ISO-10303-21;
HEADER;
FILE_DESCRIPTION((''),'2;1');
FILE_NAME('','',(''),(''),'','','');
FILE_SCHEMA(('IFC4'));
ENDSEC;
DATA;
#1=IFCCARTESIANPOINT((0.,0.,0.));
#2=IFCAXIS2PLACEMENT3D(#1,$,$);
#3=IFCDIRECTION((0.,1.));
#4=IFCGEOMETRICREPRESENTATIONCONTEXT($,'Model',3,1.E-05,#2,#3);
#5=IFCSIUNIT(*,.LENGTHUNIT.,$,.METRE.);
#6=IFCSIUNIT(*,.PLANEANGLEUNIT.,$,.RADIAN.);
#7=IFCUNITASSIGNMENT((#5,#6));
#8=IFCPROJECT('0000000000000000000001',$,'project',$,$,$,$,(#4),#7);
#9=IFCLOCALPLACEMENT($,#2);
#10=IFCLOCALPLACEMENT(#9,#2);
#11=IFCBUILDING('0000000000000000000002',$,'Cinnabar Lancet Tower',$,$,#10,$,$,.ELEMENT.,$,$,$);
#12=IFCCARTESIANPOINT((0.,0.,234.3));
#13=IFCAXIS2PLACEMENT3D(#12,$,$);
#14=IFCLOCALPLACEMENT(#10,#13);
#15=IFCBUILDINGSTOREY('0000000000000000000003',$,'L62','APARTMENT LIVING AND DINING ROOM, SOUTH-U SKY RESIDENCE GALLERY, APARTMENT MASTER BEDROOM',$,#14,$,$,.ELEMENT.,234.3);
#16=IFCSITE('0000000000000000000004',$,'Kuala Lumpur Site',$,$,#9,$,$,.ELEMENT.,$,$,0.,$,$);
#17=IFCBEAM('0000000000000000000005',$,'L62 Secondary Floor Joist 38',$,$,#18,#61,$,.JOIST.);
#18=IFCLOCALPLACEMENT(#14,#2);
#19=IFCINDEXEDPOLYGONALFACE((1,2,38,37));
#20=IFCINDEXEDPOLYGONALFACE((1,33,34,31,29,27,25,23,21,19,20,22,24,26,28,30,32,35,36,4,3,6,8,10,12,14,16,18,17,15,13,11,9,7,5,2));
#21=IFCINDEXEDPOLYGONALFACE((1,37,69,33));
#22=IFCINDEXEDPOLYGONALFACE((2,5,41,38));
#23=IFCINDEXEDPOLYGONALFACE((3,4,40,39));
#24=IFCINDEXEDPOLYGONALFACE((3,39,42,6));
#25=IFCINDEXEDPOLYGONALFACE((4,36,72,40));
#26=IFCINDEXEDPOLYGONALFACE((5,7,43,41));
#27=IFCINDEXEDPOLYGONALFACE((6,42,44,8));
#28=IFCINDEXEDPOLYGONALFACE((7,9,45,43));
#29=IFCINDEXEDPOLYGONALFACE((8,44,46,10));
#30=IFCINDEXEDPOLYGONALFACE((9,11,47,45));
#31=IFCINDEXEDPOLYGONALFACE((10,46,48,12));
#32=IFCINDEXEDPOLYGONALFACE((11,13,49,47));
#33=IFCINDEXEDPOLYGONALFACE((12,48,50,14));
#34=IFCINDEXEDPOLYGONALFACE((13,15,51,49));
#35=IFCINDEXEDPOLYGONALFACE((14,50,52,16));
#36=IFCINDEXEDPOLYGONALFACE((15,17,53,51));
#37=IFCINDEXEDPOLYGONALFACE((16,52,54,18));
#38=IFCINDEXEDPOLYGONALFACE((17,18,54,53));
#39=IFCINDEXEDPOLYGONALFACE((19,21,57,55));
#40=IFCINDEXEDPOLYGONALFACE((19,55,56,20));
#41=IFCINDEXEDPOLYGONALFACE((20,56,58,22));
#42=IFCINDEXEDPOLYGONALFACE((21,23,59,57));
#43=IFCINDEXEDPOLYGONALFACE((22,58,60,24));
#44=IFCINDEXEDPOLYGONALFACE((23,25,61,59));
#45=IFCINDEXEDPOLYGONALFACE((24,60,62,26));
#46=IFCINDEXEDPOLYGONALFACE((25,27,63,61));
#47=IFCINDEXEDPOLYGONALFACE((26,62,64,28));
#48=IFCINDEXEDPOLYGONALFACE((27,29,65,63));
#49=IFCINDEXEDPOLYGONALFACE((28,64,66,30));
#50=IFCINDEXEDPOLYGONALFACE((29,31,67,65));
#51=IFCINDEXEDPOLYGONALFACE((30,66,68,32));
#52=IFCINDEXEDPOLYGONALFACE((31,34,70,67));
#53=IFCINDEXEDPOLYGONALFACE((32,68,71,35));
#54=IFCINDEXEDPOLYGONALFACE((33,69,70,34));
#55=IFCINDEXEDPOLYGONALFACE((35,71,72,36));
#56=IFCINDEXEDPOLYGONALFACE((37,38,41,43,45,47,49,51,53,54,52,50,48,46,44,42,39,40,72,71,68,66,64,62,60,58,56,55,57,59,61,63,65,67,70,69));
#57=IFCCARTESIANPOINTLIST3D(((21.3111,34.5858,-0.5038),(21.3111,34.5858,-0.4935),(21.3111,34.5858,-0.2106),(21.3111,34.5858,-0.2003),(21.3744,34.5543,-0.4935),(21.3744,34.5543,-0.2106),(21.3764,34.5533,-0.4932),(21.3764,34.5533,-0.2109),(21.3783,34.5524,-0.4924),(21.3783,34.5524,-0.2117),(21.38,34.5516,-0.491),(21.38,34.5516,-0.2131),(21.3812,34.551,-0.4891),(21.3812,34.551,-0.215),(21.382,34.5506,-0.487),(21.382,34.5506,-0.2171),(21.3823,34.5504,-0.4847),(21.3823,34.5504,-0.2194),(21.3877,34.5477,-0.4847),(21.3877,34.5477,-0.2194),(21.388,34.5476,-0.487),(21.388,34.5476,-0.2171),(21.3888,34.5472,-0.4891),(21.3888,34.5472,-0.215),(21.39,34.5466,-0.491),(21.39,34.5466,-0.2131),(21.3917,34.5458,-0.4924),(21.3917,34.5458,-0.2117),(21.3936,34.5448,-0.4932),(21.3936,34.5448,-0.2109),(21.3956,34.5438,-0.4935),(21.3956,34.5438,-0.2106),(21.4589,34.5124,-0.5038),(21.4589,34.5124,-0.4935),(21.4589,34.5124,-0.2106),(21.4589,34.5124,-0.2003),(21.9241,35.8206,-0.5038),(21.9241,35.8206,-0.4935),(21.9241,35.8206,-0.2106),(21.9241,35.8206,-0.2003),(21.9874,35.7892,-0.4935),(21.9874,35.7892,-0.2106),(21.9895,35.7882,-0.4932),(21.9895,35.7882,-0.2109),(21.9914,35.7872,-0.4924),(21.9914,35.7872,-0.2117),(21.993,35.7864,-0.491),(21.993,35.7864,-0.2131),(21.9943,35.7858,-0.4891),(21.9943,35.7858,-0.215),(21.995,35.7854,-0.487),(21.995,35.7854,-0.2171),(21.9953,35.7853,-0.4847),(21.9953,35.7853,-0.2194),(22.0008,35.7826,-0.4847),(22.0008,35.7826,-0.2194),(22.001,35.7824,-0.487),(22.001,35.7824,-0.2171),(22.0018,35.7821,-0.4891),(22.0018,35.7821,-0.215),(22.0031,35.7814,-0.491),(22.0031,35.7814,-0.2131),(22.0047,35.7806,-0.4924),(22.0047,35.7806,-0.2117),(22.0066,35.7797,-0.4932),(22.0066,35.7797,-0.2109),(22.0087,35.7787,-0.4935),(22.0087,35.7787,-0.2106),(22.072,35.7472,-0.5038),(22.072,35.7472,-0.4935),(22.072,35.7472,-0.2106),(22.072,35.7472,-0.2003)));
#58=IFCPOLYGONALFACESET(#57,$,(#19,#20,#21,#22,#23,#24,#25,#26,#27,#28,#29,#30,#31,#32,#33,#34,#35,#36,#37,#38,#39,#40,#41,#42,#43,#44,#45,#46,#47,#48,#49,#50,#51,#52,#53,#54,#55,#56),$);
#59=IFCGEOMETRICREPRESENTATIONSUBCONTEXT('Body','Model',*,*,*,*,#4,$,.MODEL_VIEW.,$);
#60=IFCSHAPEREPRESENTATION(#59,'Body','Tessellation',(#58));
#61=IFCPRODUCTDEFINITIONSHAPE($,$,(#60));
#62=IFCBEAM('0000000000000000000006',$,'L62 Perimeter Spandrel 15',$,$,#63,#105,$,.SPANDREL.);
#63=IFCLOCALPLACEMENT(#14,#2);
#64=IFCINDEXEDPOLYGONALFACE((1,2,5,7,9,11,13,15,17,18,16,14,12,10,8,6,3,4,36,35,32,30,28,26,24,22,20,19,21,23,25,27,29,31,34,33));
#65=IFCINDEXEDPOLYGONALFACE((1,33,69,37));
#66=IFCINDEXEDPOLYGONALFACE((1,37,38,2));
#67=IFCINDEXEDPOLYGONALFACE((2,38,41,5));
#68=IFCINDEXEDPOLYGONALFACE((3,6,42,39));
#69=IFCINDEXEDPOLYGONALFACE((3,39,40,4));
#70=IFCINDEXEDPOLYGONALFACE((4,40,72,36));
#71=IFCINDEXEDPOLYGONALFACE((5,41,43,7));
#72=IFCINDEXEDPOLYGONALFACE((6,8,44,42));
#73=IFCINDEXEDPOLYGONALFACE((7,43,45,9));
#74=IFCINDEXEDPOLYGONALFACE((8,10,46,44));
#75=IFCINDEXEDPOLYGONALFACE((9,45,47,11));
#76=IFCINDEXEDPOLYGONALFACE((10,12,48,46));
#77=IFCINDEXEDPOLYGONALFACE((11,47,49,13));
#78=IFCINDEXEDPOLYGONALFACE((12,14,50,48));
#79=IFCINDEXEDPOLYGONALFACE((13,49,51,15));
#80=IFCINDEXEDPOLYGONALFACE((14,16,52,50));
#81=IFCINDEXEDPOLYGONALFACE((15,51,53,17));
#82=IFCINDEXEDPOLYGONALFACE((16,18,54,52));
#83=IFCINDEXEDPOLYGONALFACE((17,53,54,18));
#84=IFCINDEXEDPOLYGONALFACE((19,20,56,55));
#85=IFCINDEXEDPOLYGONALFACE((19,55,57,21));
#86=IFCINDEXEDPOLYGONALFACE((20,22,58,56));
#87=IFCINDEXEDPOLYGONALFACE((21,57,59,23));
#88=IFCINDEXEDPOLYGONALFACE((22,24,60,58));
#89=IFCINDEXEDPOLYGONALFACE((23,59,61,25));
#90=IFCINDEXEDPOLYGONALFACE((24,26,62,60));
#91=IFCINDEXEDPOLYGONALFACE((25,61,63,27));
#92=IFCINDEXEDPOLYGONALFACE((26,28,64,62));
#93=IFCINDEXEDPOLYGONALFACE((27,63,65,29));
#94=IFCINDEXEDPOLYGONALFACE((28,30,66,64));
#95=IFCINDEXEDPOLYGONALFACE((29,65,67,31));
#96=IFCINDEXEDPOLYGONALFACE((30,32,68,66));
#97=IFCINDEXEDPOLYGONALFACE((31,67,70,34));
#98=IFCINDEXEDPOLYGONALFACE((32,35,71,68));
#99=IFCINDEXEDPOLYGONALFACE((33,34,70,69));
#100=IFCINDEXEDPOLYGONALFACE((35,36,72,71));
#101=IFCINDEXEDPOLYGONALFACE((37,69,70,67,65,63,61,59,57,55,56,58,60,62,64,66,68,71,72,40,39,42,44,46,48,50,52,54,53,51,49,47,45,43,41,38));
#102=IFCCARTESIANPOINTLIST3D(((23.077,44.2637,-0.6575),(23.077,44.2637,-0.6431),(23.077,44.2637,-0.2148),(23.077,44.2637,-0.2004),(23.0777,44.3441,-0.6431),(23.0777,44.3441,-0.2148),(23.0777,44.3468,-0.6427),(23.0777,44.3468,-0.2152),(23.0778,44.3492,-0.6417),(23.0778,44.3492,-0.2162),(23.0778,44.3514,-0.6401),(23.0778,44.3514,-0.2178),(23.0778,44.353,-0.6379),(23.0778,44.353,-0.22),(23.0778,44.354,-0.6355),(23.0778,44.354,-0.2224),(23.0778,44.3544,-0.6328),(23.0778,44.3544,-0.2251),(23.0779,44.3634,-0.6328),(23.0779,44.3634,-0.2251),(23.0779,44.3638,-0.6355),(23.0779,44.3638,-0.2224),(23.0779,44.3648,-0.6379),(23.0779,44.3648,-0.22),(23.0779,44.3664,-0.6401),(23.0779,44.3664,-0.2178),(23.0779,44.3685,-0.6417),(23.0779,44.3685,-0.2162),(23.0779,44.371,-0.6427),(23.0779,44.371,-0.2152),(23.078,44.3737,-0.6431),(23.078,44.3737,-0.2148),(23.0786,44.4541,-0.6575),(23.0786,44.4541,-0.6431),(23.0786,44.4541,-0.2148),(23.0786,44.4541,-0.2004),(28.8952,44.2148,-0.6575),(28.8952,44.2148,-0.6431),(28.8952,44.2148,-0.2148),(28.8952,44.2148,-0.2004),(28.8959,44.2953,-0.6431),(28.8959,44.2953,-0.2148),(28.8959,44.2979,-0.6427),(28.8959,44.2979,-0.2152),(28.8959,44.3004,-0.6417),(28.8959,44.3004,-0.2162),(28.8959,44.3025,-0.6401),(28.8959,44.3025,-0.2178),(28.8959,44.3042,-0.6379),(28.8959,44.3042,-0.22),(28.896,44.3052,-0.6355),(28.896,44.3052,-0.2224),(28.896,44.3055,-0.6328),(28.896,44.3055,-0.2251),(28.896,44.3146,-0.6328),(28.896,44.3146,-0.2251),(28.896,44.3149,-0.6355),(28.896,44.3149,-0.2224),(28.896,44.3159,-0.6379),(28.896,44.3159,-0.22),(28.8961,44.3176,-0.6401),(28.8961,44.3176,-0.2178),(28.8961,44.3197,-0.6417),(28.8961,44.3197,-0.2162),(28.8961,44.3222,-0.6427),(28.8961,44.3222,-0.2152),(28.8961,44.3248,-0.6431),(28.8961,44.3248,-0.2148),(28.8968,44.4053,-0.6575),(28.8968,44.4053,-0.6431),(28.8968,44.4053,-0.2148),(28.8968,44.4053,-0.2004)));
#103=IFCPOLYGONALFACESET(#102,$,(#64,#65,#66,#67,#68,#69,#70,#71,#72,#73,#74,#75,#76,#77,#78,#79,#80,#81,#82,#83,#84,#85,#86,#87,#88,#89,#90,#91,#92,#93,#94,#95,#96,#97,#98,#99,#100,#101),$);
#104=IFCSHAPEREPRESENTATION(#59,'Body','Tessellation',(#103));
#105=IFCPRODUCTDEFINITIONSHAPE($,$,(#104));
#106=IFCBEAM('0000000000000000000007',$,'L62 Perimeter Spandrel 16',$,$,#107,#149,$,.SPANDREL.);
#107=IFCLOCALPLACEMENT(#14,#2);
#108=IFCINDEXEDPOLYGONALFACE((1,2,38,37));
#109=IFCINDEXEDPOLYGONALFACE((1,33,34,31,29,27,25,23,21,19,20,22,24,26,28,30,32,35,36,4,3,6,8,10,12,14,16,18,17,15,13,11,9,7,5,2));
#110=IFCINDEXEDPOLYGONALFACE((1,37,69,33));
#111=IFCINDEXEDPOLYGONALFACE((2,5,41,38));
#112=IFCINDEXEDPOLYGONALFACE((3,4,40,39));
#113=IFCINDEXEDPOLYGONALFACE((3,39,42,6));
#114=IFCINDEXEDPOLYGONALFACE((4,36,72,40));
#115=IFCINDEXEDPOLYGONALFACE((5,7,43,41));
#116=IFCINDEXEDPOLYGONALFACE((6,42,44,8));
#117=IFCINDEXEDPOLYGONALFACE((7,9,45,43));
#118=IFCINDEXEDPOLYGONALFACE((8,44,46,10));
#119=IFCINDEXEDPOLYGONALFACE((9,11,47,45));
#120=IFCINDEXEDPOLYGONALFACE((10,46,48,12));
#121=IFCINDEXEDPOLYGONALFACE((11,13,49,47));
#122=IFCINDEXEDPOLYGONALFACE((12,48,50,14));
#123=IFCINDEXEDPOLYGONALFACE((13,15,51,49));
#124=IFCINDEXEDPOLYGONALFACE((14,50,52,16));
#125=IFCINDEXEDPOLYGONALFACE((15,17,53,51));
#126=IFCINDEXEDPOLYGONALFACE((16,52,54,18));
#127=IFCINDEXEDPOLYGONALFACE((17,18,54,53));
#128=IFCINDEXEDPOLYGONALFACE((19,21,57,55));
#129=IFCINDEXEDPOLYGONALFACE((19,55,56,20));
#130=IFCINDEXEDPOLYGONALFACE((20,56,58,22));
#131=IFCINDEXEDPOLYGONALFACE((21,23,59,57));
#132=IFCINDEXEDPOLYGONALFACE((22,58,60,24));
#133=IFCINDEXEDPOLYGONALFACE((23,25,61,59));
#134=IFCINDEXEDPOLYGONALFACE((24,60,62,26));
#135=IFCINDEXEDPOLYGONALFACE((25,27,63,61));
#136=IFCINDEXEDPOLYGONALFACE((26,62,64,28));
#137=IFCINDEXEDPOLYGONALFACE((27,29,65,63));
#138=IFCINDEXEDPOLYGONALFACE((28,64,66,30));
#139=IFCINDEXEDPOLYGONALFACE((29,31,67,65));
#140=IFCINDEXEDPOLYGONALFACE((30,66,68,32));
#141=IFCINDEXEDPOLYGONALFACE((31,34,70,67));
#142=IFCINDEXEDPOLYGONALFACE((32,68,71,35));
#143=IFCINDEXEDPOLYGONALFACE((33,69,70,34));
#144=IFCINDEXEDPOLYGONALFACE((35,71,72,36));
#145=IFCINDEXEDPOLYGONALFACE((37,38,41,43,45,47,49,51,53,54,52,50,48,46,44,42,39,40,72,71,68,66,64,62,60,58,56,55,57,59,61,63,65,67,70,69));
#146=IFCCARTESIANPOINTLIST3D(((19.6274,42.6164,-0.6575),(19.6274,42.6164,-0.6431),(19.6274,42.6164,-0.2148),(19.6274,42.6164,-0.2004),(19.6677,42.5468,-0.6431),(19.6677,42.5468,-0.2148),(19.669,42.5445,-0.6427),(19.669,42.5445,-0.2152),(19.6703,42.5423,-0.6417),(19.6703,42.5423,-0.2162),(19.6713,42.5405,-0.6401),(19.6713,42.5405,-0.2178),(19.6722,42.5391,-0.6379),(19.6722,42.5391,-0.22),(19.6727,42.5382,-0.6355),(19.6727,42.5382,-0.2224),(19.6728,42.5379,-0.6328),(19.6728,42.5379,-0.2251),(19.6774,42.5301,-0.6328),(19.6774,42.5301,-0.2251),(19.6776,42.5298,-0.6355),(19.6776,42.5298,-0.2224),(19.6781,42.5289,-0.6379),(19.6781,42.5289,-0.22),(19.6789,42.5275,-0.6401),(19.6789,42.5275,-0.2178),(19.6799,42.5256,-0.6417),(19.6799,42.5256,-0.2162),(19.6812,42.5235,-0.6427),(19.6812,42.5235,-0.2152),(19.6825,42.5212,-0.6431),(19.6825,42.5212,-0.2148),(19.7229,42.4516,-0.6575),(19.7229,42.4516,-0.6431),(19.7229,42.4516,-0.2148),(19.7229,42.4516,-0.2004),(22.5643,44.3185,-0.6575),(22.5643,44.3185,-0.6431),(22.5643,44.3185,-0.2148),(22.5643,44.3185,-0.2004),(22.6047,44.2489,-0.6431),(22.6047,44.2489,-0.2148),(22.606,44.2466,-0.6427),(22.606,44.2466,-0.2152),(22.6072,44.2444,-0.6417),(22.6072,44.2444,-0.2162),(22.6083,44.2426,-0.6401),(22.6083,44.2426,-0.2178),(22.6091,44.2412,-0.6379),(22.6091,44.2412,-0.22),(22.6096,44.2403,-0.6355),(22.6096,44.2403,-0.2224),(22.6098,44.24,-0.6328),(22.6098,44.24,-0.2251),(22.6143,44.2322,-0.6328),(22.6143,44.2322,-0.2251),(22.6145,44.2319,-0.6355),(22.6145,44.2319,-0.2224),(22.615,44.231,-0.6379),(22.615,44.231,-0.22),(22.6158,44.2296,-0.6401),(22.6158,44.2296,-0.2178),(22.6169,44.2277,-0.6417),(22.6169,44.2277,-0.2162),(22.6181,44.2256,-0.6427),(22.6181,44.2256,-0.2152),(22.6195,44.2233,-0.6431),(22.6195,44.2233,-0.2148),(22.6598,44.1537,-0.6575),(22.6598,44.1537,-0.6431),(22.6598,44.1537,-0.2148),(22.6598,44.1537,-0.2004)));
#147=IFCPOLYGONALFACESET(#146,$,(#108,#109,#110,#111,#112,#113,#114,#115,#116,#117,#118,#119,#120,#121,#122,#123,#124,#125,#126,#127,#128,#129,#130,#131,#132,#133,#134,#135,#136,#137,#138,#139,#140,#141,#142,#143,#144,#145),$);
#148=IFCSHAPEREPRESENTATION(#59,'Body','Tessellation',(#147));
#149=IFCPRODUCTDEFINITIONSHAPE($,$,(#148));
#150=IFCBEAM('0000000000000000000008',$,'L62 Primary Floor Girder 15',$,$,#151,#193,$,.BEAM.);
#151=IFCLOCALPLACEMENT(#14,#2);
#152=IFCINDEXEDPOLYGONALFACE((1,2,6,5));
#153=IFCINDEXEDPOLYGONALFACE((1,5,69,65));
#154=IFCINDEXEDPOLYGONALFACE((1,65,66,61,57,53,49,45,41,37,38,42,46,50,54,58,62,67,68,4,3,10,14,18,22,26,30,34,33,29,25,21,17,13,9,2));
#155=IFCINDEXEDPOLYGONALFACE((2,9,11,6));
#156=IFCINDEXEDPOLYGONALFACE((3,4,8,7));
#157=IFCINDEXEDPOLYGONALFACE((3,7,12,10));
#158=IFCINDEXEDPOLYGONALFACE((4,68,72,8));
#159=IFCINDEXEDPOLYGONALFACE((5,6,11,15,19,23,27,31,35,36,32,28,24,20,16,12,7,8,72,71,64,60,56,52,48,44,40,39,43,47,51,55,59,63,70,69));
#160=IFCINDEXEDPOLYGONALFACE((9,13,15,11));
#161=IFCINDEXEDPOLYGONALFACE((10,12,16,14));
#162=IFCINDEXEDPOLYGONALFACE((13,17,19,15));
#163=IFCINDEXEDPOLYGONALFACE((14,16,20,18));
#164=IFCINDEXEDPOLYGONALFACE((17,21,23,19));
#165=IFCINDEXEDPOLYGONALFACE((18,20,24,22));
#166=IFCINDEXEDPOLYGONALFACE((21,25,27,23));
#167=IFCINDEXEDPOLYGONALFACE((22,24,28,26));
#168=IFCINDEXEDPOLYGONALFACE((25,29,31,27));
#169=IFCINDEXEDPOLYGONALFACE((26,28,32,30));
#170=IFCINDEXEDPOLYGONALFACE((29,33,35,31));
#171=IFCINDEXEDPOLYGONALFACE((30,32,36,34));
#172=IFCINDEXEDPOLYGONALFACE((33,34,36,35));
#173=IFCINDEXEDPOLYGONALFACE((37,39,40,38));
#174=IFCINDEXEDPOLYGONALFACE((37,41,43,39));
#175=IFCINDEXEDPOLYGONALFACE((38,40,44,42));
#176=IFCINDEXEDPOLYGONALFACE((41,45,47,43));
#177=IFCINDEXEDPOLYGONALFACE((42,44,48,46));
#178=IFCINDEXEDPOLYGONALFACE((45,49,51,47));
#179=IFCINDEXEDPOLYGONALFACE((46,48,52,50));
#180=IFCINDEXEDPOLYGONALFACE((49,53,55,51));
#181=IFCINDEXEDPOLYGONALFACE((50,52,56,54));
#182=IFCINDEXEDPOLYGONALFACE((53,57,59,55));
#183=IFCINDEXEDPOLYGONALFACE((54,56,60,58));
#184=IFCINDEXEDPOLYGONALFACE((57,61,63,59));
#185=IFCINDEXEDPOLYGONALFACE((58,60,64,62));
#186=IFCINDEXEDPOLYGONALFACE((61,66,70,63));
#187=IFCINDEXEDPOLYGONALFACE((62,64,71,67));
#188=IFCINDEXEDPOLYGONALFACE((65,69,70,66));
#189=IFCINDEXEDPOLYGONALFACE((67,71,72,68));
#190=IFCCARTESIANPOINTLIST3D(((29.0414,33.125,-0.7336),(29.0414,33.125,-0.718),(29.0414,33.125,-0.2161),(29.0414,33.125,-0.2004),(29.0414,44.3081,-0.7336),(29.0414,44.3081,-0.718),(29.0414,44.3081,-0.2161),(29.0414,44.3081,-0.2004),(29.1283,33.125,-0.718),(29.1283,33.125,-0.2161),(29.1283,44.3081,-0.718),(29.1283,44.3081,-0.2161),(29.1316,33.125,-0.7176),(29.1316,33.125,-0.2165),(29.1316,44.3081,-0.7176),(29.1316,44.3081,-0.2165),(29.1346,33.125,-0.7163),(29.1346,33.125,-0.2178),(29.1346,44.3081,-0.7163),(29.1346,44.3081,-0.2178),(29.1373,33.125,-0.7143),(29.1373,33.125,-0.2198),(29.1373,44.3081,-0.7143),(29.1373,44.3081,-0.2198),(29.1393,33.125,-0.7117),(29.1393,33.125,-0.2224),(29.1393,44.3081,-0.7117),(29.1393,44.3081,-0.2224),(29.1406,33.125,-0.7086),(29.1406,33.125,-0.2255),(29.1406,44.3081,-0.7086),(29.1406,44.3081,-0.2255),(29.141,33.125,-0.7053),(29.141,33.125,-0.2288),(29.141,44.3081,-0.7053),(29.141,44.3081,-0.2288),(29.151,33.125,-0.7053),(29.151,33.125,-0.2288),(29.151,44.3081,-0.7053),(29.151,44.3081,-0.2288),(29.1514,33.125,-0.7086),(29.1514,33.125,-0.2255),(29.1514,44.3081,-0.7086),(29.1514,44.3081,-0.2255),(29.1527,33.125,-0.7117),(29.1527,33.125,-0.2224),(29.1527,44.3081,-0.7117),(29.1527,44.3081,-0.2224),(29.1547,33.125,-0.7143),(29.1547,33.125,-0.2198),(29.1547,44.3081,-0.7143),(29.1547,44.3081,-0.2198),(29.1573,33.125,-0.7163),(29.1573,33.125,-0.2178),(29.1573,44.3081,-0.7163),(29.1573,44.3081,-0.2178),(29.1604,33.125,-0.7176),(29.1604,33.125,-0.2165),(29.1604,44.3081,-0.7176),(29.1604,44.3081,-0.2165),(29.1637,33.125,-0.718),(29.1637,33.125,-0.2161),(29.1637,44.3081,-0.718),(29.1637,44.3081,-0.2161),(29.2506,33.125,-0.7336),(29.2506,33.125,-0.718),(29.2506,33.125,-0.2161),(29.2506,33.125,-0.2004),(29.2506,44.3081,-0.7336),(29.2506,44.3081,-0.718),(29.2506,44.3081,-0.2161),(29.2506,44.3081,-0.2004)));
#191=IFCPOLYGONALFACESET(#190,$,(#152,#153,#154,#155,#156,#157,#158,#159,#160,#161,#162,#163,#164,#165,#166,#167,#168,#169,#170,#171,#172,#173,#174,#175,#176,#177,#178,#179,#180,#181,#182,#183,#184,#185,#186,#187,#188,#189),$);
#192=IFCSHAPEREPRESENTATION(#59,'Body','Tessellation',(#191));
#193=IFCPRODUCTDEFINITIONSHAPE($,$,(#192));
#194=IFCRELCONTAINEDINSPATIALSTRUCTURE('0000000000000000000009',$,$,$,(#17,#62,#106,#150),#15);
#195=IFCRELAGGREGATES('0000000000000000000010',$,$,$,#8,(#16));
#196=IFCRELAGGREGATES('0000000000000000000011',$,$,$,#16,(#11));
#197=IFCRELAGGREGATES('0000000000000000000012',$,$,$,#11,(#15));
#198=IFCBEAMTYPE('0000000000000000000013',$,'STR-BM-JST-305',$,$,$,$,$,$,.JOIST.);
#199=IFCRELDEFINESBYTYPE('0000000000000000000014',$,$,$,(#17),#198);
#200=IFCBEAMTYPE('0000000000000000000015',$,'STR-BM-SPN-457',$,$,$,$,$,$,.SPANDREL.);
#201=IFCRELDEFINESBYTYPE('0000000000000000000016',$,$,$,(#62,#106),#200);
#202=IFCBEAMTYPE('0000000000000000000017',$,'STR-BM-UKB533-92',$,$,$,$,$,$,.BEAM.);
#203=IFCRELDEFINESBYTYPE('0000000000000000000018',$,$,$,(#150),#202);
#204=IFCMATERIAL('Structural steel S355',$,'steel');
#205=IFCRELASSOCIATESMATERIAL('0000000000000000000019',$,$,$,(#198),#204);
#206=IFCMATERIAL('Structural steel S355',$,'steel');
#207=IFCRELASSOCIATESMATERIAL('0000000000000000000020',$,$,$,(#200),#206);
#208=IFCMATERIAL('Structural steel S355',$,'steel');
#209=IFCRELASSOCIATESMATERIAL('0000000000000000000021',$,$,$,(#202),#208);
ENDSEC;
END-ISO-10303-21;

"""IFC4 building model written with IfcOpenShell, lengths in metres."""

from ifc_helpers import new_model, si_unit, direction, frame, origin, origin_2d, place, context, subcontext, project, spatial, i_section, extrude, material, material_profile, profile_set, type_object, element, save


model = new_model("IFC4")

# Units and contexts
model_context = context("Model", 3, precision=1e-05, world=origin(), true_north=direction((0.0, 1.0)))
body_context = subcontext(model_context, "Body", "Model", "MODEL_VIEW")
ifc_project = project(units=[si_unit("LENGTHUNIT", "METRE"), si_unit("PLANEANGLEUNIT", "RADIAN")], contexts=[model_context])

# Site, building, storey
site_placement = place(None, origin())
site = spatial("IfcSite", under=ifc_project, at=site_placement, Name="Kuala Lumpur Site", CompositionType="ELEMENT", RefElevation=0.0)
building_placement = place(site_placement, origin())
building = spatial("IfcBuilding", under=site, at=building_placement, Name="Cinnabar Lancet Tower", CompositionType="ELEMENT")
storey_placement = place(building_placement, frame((0.0, 0.0, 234.3)))
storey = spatial("IfcBuildingStorey", under=building, at=storey_placement, Name="L62", Description="APARTMENT LIVING AND DINING ROOM, SOUTH-U SKY RESIDENCE GALLERY, APARTMENT MASTER BEDROOM", CompositionType="ELEMENT", Elevation=234.3)

# Beams
ifc_material_1 = material(Name="Structural steel S355", Category="steel")
ifc_material_profile_1 = material_profile(ifc_material_1, i_section(OverallWidth=0.165, OverallDepth=0.3035, WebThickness=0.0061, FlangeThickness=0.0103, FilletRadius=0.0088, at=origin_2d()), Name="UKB 305x165x40")
ifc_profile_set_1 = profile_set([ifc_material_profile_1], Name="Structural steel S355")
beam_type_1 = type_object("IfcBeamType", Name="STR-BM-JST-305", PredefinedType="JOIST", material=ifc_profile_set_1)
beam_1_placement = place(storey_placement, frame((21.998, 35.7839, -0.3521), z_axis=(-0.444662, -0.895699, 0.0), x_axis=(0.895699, -0.444662, 0.0)))
element("IfcBeam", 1, at=beam_1_placement, inside=storey, type_object=beam_type_1, Name="L62 Secondary Floor Joist 38", PredefinedType="JOIST", context=body_context, shape_type="SweptSolid", body=[
    extrude(i_section(OverallWidth=0.165, OverallDepth=0.3035, WebThickness=0.0061, FlangeThickness=0.0103, FilletRadius=0.0088, at=origin_2d()), origin(), (0.0, 0.0, 1.0), 1.3787),
])
ifc_material_2 = material(Name="Structural steel S355", Category="steel")
ifc_material_profile_2 = material_profile(ifc_material_2, i_section(OverallWidth=0.1904, OverallDepth=0.457, WebThickness=0.009, FlangeThickness=0.0144, FilletRadius=0.0103, at=origin_2d()), Name="UKB 457x191x74")
ifc_profile_set_2 = profile_set([ifc_material_profile_2], Name="Structural steel S355")
beam_type_2 = type_object("IfcBeamType", Name="STR-BM-SPN-457", PredefinedType="SPANDREL", material=ifc_profile_set_2)
beam_2_placement = place(storey_placement, frame((28.896, 44.3101, -0.429), z_axis=(-0.999965, 0.008392, 0.0), x_axis=(-0.008392, -0.999965, 0.0)))
element("IfcBeam", 2, at=beam_2_placement, inside=storey, type_object=beam_type_2, Name="L62 Perimeter Spandrel 15", PredefinedType="SPANDREL", context=body_context, shape_type="SweptSolid", body=[
    extrude(i_section(OverallWidth=0.1904, OverallDepth=0.457, WebThickness=0.009, FlangeThickness=0.0144, FilletRadius=0.0103, at=origin_2d()), origin(), (0.0, 0.0, 1.0), 5.8184),
])
beam_3_placement = place(storey_placement, frame((22.6121, 44.2361, -0.429), z_axis=(-0.8652, -0.501427, 0.0), x_axis=(0.501427, -0.8652, 0.0)))
element("IfcBeam", 3, at=beam_3_placement, inside=storey, type_object=beam_type_2, Name="L62 Perimeter Spandrel 16", PredefinedType="SPANDREL", context=body_context, shape_type="SweptSolid", body=[
    extrude(i_section(OverallWidth=0.1904, OverallDepth=0.457, WebThickness=0.009, FlangeThickness=0.0144, FilletRadius=0.0103, at=origin_2d()), origin(), (0.0, 0.0, 1.0), 3.3945),
])
ifc_material_3 = material(Name="Structural steel S355", Category="steel")
ifc_material_profile_3 = material_profile(ifc_material_3, i_section(OverallWidth=0.2092, OverallDepth=0.5332, WebThickness=0.01, FlangeThickness=0.0156, FilletRadius=0.0127, at=origin_2d()), Name="UKB 533x210x92")
ifc_profile_set_3 = profile_set([ifc_material_profile_3], Name="Structural steel S355")
beam_type_3 = type_object("IfcBeamType", Name="STR-BM-UKB533-92", PredefinedType="BEAM", material=ifc_profile_set_3)
beam_4_placement = place(storey_placement, frame((29.146, 44.3081, -0.467), z_axis=(0.0, -1.0, 0.0), x_axis=(1.0, 0.0, 0.0)))
element("IfcBeam", 4, at=beam_4_placement, inside=storey, type_object=beam_type_3, Name="L62 Primary Floor Girder 15", PredefinedType="BEAM", context=body_context, shape_type="SweptSolid", body=[
    extrude(i_section(OverallWidth=0.2092, OverallDepth=0.5332, WebThickness=0.01, FlangeThickness=0.0156, FilletRadius=0.0127, at=origin_2d()), origin(), (0.0, 0.0, 1.0), 11.1831),
])

save(model, "model.ifc")
